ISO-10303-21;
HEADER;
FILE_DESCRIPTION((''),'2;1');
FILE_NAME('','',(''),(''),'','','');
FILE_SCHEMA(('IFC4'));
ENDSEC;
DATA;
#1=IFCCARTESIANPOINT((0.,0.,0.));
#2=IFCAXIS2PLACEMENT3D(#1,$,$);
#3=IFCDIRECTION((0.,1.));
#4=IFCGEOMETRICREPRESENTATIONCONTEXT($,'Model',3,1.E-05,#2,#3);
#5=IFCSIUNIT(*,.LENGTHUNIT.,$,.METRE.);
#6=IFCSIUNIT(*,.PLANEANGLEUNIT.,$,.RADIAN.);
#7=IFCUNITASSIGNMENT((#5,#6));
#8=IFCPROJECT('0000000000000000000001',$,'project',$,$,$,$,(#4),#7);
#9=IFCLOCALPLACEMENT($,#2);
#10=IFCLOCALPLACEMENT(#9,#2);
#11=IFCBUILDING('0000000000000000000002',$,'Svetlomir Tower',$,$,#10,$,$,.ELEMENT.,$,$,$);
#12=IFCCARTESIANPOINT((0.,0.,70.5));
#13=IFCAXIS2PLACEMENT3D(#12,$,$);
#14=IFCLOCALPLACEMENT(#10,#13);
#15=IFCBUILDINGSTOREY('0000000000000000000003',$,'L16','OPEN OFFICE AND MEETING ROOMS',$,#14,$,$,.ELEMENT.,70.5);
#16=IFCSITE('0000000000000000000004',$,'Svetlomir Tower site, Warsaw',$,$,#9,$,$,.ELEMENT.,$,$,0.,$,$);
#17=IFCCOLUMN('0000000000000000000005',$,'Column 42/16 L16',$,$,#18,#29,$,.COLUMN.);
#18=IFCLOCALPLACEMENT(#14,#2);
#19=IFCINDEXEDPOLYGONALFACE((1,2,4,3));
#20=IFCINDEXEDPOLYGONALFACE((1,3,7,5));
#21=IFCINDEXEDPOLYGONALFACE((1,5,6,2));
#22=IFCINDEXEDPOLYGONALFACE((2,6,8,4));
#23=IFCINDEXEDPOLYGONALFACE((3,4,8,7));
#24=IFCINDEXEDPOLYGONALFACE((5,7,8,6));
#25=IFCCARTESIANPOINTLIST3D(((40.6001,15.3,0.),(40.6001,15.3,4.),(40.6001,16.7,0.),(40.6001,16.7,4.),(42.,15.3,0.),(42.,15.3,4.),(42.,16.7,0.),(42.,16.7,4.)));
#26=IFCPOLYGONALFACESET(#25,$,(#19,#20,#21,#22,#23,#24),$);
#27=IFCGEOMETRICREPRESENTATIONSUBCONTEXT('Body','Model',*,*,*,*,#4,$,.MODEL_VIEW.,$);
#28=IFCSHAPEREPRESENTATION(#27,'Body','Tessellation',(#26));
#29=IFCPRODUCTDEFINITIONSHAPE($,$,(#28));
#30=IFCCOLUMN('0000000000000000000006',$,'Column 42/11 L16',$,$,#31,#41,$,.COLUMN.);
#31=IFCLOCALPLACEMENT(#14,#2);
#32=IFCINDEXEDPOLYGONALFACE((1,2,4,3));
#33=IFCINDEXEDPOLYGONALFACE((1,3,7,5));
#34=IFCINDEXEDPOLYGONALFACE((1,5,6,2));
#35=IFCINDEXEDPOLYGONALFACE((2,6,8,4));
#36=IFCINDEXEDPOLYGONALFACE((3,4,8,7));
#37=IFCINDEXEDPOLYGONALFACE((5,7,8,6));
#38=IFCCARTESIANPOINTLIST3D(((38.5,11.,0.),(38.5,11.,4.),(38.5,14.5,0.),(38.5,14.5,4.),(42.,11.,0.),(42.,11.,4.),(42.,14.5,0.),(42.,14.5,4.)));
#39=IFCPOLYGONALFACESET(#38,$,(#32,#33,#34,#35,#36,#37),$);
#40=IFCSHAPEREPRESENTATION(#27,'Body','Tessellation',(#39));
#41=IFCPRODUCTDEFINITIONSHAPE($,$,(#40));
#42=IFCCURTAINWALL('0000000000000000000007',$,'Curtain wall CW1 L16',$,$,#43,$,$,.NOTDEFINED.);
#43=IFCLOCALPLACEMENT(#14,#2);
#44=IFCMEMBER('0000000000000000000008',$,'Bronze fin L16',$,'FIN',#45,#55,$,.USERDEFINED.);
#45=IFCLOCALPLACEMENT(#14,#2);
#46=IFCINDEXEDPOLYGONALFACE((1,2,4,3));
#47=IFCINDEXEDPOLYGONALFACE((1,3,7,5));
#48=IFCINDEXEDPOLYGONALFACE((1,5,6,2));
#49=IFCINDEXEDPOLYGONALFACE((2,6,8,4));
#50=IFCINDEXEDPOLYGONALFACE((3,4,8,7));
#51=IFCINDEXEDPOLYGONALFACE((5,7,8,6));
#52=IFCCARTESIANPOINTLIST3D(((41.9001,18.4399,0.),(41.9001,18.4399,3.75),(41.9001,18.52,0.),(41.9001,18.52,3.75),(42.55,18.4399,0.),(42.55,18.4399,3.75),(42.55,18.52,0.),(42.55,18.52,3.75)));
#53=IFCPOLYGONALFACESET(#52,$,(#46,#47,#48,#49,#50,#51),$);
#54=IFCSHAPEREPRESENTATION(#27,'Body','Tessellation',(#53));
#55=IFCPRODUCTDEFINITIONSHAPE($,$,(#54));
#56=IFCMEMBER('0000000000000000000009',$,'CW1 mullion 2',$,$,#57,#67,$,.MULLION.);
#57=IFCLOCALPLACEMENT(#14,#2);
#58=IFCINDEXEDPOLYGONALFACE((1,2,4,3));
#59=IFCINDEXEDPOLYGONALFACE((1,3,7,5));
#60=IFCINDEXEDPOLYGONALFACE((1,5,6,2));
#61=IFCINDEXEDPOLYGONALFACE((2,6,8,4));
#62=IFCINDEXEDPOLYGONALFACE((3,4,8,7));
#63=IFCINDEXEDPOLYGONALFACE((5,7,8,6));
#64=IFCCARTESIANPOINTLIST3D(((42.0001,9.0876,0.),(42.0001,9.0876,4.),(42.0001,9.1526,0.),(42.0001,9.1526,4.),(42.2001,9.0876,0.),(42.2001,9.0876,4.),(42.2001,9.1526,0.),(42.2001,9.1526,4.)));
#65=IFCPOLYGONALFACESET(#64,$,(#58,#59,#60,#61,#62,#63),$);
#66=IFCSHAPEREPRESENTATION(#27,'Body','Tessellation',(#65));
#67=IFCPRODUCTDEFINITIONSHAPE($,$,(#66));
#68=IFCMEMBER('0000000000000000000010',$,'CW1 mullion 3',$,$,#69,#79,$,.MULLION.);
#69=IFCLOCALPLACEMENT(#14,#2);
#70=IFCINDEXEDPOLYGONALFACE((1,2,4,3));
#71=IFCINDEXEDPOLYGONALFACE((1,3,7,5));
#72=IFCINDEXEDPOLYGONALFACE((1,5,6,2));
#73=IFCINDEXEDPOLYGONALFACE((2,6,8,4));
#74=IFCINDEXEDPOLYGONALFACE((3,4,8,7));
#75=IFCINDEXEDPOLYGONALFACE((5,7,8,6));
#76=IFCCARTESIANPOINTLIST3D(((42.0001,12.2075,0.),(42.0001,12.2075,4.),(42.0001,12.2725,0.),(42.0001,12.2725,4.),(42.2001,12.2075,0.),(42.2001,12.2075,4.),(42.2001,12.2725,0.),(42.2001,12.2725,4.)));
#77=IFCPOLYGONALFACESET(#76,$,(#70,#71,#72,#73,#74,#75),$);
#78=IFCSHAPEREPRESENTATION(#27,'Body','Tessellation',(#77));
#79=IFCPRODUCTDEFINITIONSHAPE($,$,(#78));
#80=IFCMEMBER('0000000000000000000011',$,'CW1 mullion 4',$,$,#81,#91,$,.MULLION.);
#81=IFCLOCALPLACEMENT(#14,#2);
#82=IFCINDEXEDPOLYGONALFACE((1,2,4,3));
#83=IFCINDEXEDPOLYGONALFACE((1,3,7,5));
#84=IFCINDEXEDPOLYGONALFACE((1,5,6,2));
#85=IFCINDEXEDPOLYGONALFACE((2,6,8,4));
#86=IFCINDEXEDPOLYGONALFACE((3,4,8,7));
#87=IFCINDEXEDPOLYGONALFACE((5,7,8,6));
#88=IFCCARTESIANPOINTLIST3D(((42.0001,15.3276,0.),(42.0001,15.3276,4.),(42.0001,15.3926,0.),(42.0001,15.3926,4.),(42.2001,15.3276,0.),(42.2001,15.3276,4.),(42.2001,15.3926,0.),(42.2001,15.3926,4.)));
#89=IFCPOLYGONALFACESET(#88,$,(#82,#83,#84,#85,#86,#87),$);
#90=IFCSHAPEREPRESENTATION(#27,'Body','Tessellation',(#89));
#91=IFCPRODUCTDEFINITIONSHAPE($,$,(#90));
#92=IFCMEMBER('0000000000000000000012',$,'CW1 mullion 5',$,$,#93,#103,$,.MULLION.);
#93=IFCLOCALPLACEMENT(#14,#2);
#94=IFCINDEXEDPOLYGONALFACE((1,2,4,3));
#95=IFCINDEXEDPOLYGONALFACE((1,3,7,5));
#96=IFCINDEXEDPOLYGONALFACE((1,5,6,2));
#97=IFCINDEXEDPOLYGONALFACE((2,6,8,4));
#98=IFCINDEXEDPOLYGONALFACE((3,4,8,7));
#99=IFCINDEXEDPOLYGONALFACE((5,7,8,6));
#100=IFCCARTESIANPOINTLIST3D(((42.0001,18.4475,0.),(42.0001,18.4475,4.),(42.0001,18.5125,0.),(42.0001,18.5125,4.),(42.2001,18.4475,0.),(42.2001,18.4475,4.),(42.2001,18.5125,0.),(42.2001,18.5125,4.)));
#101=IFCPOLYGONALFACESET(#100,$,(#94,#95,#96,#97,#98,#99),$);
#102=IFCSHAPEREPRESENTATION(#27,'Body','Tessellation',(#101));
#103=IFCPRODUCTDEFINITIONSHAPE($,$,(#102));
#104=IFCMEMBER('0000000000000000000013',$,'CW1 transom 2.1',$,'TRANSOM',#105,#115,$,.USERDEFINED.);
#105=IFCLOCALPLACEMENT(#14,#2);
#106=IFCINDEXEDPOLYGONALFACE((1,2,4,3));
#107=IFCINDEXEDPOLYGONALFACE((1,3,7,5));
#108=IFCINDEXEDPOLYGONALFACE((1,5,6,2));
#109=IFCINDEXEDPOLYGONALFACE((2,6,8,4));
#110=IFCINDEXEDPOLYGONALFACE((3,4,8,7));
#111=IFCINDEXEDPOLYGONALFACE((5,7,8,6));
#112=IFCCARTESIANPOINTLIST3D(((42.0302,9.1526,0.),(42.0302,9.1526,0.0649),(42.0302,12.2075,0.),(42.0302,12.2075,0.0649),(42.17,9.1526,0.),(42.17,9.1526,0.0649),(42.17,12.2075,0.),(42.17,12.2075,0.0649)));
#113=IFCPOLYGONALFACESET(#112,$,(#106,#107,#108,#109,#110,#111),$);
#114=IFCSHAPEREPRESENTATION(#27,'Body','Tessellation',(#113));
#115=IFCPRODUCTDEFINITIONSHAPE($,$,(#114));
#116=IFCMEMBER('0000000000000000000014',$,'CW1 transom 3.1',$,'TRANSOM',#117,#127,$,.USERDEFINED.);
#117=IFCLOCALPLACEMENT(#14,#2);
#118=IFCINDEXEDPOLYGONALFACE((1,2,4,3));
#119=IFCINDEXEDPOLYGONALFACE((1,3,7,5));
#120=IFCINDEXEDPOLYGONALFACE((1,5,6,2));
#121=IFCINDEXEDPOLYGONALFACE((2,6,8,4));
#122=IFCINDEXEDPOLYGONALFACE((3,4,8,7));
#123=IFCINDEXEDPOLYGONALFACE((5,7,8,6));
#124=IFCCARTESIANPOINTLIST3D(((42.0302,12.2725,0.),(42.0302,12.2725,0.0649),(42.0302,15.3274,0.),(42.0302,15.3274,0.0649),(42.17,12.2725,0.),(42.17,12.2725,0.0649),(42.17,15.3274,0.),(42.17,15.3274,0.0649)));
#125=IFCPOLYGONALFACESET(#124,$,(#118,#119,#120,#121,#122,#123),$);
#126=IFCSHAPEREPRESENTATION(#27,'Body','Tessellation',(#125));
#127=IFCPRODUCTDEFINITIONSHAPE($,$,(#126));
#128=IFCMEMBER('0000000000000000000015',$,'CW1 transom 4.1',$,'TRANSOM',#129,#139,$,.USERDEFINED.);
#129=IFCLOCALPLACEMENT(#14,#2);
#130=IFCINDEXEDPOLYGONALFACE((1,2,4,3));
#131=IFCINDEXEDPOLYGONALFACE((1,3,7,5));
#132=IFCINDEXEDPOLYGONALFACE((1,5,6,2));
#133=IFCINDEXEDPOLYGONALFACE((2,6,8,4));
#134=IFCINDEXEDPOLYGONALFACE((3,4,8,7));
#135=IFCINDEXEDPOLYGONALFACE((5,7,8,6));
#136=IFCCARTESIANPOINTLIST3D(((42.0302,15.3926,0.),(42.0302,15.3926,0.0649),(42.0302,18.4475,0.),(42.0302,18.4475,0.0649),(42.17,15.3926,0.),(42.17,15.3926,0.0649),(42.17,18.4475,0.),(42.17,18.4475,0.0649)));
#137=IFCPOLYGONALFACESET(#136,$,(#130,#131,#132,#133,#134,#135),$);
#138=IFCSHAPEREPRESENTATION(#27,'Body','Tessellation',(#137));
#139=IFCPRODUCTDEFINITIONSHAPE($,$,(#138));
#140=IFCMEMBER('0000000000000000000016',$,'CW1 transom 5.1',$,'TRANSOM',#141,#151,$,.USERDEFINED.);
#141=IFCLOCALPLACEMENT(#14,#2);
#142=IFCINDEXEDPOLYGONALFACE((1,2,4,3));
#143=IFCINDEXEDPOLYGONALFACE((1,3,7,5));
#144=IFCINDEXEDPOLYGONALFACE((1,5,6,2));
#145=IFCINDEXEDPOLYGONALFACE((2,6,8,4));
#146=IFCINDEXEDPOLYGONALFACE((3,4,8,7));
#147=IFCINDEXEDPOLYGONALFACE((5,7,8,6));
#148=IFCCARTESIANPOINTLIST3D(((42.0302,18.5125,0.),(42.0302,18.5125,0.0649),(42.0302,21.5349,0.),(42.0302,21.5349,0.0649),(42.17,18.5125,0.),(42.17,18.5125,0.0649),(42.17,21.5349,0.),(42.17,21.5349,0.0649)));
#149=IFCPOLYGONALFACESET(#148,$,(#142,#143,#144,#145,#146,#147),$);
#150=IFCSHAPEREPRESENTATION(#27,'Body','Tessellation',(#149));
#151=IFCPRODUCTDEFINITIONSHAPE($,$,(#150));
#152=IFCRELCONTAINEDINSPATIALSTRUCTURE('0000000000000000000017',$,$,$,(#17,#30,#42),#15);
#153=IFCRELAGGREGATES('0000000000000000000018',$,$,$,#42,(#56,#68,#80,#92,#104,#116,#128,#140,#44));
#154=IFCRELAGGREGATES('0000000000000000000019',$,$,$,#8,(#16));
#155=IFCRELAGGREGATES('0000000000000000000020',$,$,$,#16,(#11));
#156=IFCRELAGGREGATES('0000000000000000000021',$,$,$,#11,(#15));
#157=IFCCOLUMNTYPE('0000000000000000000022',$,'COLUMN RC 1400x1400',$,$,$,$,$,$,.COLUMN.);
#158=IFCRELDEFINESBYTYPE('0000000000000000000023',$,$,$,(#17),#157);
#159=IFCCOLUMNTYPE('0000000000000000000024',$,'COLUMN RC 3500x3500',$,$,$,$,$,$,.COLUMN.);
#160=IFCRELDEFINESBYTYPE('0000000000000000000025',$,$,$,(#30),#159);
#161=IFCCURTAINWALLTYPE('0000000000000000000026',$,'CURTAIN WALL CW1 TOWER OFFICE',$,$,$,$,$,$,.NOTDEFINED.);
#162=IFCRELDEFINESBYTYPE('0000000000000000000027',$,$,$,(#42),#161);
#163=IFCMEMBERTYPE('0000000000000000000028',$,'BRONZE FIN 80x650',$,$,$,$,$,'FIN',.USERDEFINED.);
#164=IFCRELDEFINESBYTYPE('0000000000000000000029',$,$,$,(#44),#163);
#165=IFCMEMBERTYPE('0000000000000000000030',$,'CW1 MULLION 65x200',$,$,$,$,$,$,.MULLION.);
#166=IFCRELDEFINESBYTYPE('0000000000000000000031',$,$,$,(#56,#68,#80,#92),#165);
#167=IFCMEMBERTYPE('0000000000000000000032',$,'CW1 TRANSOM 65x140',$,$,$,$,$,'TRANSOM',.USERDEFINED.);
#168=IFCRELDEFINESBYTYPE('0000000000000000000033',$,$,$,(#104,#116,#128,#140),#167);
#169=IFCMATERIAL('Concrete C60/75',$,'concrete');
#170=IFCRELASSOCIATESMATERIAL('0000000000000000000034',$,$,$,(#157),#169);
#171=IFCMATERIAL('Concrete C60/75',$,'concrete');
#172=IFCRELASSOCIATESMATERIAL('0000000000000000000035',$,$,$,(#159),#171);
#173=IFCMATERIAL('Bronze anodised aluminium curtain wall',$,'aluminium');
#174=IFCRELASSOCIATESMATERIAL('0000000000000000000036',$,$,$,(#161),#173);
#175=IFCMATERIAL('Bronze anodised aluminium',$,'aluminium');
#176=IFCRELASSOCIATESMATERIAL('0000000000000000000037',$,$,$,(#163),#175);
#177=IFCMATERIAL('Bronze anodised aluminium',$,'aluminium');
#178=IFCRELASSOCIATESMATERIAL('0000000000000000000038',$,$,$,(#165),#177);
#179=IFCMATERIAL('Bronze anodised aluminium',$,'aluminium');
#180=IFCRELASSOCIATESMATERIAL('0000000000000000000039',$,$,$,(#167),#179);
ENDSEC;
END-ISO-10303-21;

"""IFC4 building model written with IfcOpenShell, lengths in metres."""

from ifc_helpers import new_model, si_unit, direction, frame, origin, origin_2d, place, context, subcontext, project, spatial, rectangle, extrude, material, material_profile, profile_set, type_object, element, aggregate, save


model = new_model("IFC4")

# Units and contexts
model_context = context("Model", 3, precision=1e-05, world=origin(), true_north=direction((0.0, 1.0)))
body_context = subcontext(model_context, "Body", "Model", "MODEL_VIEW")
ifc_project = project(units=[si_unit("LENGTHUNIT", "METRE"), si_unit("PLANEANGLEUNIT", "RADIAN")], contexts=[model_context])

# Site, building, storey
site_placement = place(None, origin())
site = spatial("IfcSite", under=ifc_project, at=site_placement, Name="Svetlomir Tower site, Warsaw", CompositionType="ELEMENT", RefElevation=0.0)
building_placement = place(site_placement, origin())
building = spatial("IfcBuilding", under=site, at=building_placement, Name="Svetlomir Tower", CompositionType="ELEMENT")
storey_placement = place(building_placement, frame((0.0, 0.0, 70.5)))
storey = spatial("IfcBuildingStorey", under=building, at=storey_placement, Name="L16", Description="OPEN OFFICE AND MEETING ROOMS", CompositionType="ELEMENT", Elevation=70.5)

# Columns
ifc_material_1 = material(Name="Concrete C60/75", Category="concrete")
ifc_material_profile_1 = material_profile(ifc_material_1, rectangle(XDim=1.3999, YDim=1.3999, at=origin_2d()), Name="RC 1400x1400")
ifc_profile_set_1 = profile_set([ifc_material_profile_1], Name="Concrete C60/75")
column_type_1 = type_object("IfcColumnType", Name="COLUMN RC 1400x1400", PredefinedType="COLUMN", material=ifc_profile_set_1)
column_1_placement = place(storey_placement, frame((41.3, 16.0, 0.0), z_axis=(0.0, 0.0, 1.0), x_axis=(1.0, 0.0, 0.0)))
element("IfcColumn", 1, at=column_1_placement, inside=storey, type_object=column_type_1, Name="Column 42/16 L16", PredefinedType="COLUMN", context=body_context, shape_type="SweptSolid", body=[
    extrude(rectangle(XDim=1.3999, YDim=1.3999, at=origin_2d()), origin(), (0.0, 0.0, 1.0), 4.0),
])
ifc_material_2 = material(Name="Concrete C60/75", Category="concrete")
ifc_material_profile_2 = material_profile(ifc_material_2, rectangle(XDim=3.5, YDim=3.5, at=origin_2d()), Name="RC 3500x3500")
ifc_profile_set_2 = profile_set([ifc_material_profile_2], Name="Concrete C60/75")
column_type_2 = type_object("IfcColumnType", Name="COLUMN RC 3500x3500", PredefinedType="COLUMN", material=ifc_profile_set_2)
column_2_placement = place(storey_placement, frame((40.25, 12.75, 0.0), z_axis=(0.0, 0.0, 1.0), x_axis=(1.0, 0.0, 0.0)))
element("IfcColumn", 2, at=column_2_placement, inside=storey, type_object=column_type_2, Name="Column 42/11 L16", PredefinedType="COLUMN", context=body_context, shape_type="SweptSolid", body=[
    extrude(rectangle(XDim=3.5, YDim=3.5, at=origin_2d()), origin(), (0.0, 0.0, 1.0), 4.0),
])

# Curtain wall, members
ifc_material_3 = material(Name="Bronze anodised aluminium curtain wall", Category="aluminium")
curtain_wall_type = type_object("IfcCurtainWallType", Name="CURTAIN WALL CW1 TOWER OFFICE", PredefinedType="NOTDEFINED", material=ifc_material_3)
curtain_wall_placement = place(storey_placement, origin())
curtain_wall = element("IfcCurtainWall", 3, at=curtain_wall_placement, inside=storey, type_object=curtain_wall_type, Name="Curtain wall CW1 L16", PredefinedType="NOTDEFINED")
ifc_material_4 = material(Name="Bronze anodised aluminium", Category="aluminium")
ifc_material_profile_3 = material_profile(ifc_material_4, rectangle(XDim=0.0801, YDim=0.6499, at=origin_2d()), Name="FIN 80x650")
ifc_profile_set_3 = profile_set([ifc_material_profile_3], Name="Bronze anodised aluminium 6063-T6")
member_type_1 = type_object("IfcMemberType", Name="BRONZE FIN 80x650", ElementType="FIN", PredefinedType="USERDEFINED", material=ifc_profile_set_3)
member_1_placement = place(storey_placement, frame((42.2251, 18.48, 0.0), z_axis=(0.0, 0.0, 1.0), x_axis=(0.0, 1.0, 0.0)))
member_1 = element("IfcMember", 4, at=member_1_placement, type_object=member_type_1, Name="Bronze fin L16", ObjectType="FIN", PredefinedType="USERDEFINED", context=body_context, shape_type="SweptSolid", body=[
    extrude(rectangle(XDim=0.0801, YDim=0.6499, at=origin_2d()), origin(), (0.0, 0.0, 1.0), 3.75),
])
ifc_material_5 = material(Name="Bronze anodised aluminium", Category="aluminium")
ifc_material_profile_4 = material_profile(ifc_material_5, rectangle(XDim=0.0649, YDim=0.2, at=origin_2d()), Name="AL 65x200")
ifc_profile_set_4 = profile_set([ifc_material_profile_4], Name="Bronze anodised aluminium 6063-T6")
member_type_2 = type_object("IfcMemberType", Name="CW1 MULLION 65x200", PredefinedType="MULLION", material=ifc_profile_set_4)
member_2_placement = place(storey_placement, frame((42.1001, 9.1201, 0.0), z_axis=(0.0, 0.0, 1.0), x_axis=(0.0, 1.0, 0.0)))
member_2 = element("IfcMember", 5, at=member_2_placement, type_object=member_type_2, Name="CW1 mullion 2", PredefinedType="MULLION", context=body_context, shape_type="SweptSolid", body=[
    extrude(rectangle(XDim=0.0649, YDim=0.2, at=origin_2d()), origin(), (0.0, 0.0, 1.0), 4.0),
])
member_3_placement = place(storey_placement, frame((42.1001, 12.24, 0.0), z_axis=(0.0, 0.0, 1.0), x_axis=(0.0, 1.0, 0.0)))
member_3 = element("IfcMember", 6, at=member_3_placement, type_object=member_type_2, Name="CW1 mullion 3", PredefinedType="MULLION", context=body_context, shape_type="SweptSolid", body=[
    extrude(rectangle(XDim=0.0649, YDim=0.2, at=origin_2d()), origin(), (0.0, 0.0, 1.0), 4.0),
])
member_4_placement = place(storey_placement, frame((42.1001, 15.3601, 0.0), z_axis=(0.0, 0.0, 1.0), x_axis=(0.0, 1.0, 0.0)))
member_4 = element("IfcMember", 7, at=member_4_placement, type_object=member_type_2, Name="CW1 mullion 4", PredefinedType="MULLION", context=body_context, shape_type="SweptSolid", body=[
    extrude(rectangle(XDim=0.0649, YDim=0.2, at=origin_2d()), origin(), (0.0, 0.0, 1.0), 4.0),
])
member_5_placement = place(storey_placement, frame((42.1001, 18.48, 0.0), z_axis=(0.0, 0.0, 1.0), x_axis=(0.0, 1.0, 0.0)))
member_5 = element("IfcMember", 8, at=member_5_placement, type_object=member_type_2, Name="CW1 mullion 5", PredefinedType="MULLION", context=body_context, shape_type="SweptSolid", body=[
    extrude(rectangle(XDim=0.0649, YDim=0.2, at=origin_2d()), origin(), (0.0, 0.0, 1.0), 4.0),
])
ifc_material_6 = material(Name="Bronze anodised aluminium", Category="aluminium")
ifc_material_profile_5 = material_profile(ifc_material_6, rectangle(XDim=0.1399, YDim=0.0649, at=origin_2d()), Name="AL 140x65")
ifc_profile_set_5 = profile_set([ifc_material_profile_5], Name="Bronze anodised aluminium 6063-T6")
member_type_3 = type_object("IfcMemberType", Name="CW1 TRANSOM 65x140", ElementType="TRANSOM", PredefinedType="USERDEFINED", material=ifc_profile_set_5)
member_6_placement = place(storey_placement, frame((42.1001, 9.1526, 0.0325), z_axis=(0.0, 1.0, 0.0), x_axis=(-1.0, 0.0, 0.0)))
member_6 = element("IfcMember", 9, at=member_6_placement, type_object=member_type_3, Name="CW1 transom 2.1", ObjectType="TRANSOM", PredefinedType="USERDEFINED", context=body_context, shape_type="SweptSolid", body=[
    extrude(rectangle(XDim=0.1399, YDim=0.0649, at=origin_2d()), origin(), (0.0, 0.0, 1.0), 3.0549),
])
member_7_placement = place(storey_placement, frame((42.1001, 12.2725, 0.0325), z_axis=(0.0, 1.0, 0.0), x_axis=(-1.0, 0.0, 0.0)))
member_7 = element("IfcMember", 10, at=member_7_placement, type_object=member_type_3, Name="CW1 transom 3.1", ObjectType="TRANSOM", PredefinedType="USERDEFINED", context=body_context, shape_type="SweptSolid", body=[
    extrude(rectangle(XDim=0.1399, YDim=0.0649, at=origin_2d()), origin(), (0.0, 0.0, 1.0), 3.0549),
])
member_8_placement = place(storey_placement, frame((42.1001, 15.3926, 0.0325), z_axis=(0.0, 1.0, 0.0), x_axis=(-1.0, 0.0, 0.0)))
member_8 = element("IfcMember", 11, at=member_8_placement, type_object=member_type_3, Name="CW1 transom 4.1", ObjectType="TRANSOM", PredefinedType="USERDEFINED", context=body_context, shape_type="SweptSolid", body=[
    extrude(rectangle(XDim=0.1399, YDim=0.0649, at=origin_2d()), origin(), (0.0, 0.0, 1.0), 3.0549),
])
member_9_placement = place(storey_placement, frame((42.1001, 18.5125, 0.0325), z_axis=(0.0, 1.0, 0.0), x_axis=(-1.0, 0.0, 0.0)))
member_9 = element("IfcMember", 12, at=member_9_placement, type_object=member_type_3, Name="CW1 transom 5.1", ObjectType="TRANSOM", PredefinedType="USERDEFINED", context=body_context, shape_type="SweptSolid", body=[
    extrude(rectangle(XDim=0.1399, YDim=0.0649, at=origin_2d()), origin(), (0.0, 0.0, 1.0), 3.0225),
])

aggregate(curtain_wall, [member_2, member_3, member_4, member_5, member_6, member_7, member_8, member_9, member_1])

save(model, "model.ifc")
